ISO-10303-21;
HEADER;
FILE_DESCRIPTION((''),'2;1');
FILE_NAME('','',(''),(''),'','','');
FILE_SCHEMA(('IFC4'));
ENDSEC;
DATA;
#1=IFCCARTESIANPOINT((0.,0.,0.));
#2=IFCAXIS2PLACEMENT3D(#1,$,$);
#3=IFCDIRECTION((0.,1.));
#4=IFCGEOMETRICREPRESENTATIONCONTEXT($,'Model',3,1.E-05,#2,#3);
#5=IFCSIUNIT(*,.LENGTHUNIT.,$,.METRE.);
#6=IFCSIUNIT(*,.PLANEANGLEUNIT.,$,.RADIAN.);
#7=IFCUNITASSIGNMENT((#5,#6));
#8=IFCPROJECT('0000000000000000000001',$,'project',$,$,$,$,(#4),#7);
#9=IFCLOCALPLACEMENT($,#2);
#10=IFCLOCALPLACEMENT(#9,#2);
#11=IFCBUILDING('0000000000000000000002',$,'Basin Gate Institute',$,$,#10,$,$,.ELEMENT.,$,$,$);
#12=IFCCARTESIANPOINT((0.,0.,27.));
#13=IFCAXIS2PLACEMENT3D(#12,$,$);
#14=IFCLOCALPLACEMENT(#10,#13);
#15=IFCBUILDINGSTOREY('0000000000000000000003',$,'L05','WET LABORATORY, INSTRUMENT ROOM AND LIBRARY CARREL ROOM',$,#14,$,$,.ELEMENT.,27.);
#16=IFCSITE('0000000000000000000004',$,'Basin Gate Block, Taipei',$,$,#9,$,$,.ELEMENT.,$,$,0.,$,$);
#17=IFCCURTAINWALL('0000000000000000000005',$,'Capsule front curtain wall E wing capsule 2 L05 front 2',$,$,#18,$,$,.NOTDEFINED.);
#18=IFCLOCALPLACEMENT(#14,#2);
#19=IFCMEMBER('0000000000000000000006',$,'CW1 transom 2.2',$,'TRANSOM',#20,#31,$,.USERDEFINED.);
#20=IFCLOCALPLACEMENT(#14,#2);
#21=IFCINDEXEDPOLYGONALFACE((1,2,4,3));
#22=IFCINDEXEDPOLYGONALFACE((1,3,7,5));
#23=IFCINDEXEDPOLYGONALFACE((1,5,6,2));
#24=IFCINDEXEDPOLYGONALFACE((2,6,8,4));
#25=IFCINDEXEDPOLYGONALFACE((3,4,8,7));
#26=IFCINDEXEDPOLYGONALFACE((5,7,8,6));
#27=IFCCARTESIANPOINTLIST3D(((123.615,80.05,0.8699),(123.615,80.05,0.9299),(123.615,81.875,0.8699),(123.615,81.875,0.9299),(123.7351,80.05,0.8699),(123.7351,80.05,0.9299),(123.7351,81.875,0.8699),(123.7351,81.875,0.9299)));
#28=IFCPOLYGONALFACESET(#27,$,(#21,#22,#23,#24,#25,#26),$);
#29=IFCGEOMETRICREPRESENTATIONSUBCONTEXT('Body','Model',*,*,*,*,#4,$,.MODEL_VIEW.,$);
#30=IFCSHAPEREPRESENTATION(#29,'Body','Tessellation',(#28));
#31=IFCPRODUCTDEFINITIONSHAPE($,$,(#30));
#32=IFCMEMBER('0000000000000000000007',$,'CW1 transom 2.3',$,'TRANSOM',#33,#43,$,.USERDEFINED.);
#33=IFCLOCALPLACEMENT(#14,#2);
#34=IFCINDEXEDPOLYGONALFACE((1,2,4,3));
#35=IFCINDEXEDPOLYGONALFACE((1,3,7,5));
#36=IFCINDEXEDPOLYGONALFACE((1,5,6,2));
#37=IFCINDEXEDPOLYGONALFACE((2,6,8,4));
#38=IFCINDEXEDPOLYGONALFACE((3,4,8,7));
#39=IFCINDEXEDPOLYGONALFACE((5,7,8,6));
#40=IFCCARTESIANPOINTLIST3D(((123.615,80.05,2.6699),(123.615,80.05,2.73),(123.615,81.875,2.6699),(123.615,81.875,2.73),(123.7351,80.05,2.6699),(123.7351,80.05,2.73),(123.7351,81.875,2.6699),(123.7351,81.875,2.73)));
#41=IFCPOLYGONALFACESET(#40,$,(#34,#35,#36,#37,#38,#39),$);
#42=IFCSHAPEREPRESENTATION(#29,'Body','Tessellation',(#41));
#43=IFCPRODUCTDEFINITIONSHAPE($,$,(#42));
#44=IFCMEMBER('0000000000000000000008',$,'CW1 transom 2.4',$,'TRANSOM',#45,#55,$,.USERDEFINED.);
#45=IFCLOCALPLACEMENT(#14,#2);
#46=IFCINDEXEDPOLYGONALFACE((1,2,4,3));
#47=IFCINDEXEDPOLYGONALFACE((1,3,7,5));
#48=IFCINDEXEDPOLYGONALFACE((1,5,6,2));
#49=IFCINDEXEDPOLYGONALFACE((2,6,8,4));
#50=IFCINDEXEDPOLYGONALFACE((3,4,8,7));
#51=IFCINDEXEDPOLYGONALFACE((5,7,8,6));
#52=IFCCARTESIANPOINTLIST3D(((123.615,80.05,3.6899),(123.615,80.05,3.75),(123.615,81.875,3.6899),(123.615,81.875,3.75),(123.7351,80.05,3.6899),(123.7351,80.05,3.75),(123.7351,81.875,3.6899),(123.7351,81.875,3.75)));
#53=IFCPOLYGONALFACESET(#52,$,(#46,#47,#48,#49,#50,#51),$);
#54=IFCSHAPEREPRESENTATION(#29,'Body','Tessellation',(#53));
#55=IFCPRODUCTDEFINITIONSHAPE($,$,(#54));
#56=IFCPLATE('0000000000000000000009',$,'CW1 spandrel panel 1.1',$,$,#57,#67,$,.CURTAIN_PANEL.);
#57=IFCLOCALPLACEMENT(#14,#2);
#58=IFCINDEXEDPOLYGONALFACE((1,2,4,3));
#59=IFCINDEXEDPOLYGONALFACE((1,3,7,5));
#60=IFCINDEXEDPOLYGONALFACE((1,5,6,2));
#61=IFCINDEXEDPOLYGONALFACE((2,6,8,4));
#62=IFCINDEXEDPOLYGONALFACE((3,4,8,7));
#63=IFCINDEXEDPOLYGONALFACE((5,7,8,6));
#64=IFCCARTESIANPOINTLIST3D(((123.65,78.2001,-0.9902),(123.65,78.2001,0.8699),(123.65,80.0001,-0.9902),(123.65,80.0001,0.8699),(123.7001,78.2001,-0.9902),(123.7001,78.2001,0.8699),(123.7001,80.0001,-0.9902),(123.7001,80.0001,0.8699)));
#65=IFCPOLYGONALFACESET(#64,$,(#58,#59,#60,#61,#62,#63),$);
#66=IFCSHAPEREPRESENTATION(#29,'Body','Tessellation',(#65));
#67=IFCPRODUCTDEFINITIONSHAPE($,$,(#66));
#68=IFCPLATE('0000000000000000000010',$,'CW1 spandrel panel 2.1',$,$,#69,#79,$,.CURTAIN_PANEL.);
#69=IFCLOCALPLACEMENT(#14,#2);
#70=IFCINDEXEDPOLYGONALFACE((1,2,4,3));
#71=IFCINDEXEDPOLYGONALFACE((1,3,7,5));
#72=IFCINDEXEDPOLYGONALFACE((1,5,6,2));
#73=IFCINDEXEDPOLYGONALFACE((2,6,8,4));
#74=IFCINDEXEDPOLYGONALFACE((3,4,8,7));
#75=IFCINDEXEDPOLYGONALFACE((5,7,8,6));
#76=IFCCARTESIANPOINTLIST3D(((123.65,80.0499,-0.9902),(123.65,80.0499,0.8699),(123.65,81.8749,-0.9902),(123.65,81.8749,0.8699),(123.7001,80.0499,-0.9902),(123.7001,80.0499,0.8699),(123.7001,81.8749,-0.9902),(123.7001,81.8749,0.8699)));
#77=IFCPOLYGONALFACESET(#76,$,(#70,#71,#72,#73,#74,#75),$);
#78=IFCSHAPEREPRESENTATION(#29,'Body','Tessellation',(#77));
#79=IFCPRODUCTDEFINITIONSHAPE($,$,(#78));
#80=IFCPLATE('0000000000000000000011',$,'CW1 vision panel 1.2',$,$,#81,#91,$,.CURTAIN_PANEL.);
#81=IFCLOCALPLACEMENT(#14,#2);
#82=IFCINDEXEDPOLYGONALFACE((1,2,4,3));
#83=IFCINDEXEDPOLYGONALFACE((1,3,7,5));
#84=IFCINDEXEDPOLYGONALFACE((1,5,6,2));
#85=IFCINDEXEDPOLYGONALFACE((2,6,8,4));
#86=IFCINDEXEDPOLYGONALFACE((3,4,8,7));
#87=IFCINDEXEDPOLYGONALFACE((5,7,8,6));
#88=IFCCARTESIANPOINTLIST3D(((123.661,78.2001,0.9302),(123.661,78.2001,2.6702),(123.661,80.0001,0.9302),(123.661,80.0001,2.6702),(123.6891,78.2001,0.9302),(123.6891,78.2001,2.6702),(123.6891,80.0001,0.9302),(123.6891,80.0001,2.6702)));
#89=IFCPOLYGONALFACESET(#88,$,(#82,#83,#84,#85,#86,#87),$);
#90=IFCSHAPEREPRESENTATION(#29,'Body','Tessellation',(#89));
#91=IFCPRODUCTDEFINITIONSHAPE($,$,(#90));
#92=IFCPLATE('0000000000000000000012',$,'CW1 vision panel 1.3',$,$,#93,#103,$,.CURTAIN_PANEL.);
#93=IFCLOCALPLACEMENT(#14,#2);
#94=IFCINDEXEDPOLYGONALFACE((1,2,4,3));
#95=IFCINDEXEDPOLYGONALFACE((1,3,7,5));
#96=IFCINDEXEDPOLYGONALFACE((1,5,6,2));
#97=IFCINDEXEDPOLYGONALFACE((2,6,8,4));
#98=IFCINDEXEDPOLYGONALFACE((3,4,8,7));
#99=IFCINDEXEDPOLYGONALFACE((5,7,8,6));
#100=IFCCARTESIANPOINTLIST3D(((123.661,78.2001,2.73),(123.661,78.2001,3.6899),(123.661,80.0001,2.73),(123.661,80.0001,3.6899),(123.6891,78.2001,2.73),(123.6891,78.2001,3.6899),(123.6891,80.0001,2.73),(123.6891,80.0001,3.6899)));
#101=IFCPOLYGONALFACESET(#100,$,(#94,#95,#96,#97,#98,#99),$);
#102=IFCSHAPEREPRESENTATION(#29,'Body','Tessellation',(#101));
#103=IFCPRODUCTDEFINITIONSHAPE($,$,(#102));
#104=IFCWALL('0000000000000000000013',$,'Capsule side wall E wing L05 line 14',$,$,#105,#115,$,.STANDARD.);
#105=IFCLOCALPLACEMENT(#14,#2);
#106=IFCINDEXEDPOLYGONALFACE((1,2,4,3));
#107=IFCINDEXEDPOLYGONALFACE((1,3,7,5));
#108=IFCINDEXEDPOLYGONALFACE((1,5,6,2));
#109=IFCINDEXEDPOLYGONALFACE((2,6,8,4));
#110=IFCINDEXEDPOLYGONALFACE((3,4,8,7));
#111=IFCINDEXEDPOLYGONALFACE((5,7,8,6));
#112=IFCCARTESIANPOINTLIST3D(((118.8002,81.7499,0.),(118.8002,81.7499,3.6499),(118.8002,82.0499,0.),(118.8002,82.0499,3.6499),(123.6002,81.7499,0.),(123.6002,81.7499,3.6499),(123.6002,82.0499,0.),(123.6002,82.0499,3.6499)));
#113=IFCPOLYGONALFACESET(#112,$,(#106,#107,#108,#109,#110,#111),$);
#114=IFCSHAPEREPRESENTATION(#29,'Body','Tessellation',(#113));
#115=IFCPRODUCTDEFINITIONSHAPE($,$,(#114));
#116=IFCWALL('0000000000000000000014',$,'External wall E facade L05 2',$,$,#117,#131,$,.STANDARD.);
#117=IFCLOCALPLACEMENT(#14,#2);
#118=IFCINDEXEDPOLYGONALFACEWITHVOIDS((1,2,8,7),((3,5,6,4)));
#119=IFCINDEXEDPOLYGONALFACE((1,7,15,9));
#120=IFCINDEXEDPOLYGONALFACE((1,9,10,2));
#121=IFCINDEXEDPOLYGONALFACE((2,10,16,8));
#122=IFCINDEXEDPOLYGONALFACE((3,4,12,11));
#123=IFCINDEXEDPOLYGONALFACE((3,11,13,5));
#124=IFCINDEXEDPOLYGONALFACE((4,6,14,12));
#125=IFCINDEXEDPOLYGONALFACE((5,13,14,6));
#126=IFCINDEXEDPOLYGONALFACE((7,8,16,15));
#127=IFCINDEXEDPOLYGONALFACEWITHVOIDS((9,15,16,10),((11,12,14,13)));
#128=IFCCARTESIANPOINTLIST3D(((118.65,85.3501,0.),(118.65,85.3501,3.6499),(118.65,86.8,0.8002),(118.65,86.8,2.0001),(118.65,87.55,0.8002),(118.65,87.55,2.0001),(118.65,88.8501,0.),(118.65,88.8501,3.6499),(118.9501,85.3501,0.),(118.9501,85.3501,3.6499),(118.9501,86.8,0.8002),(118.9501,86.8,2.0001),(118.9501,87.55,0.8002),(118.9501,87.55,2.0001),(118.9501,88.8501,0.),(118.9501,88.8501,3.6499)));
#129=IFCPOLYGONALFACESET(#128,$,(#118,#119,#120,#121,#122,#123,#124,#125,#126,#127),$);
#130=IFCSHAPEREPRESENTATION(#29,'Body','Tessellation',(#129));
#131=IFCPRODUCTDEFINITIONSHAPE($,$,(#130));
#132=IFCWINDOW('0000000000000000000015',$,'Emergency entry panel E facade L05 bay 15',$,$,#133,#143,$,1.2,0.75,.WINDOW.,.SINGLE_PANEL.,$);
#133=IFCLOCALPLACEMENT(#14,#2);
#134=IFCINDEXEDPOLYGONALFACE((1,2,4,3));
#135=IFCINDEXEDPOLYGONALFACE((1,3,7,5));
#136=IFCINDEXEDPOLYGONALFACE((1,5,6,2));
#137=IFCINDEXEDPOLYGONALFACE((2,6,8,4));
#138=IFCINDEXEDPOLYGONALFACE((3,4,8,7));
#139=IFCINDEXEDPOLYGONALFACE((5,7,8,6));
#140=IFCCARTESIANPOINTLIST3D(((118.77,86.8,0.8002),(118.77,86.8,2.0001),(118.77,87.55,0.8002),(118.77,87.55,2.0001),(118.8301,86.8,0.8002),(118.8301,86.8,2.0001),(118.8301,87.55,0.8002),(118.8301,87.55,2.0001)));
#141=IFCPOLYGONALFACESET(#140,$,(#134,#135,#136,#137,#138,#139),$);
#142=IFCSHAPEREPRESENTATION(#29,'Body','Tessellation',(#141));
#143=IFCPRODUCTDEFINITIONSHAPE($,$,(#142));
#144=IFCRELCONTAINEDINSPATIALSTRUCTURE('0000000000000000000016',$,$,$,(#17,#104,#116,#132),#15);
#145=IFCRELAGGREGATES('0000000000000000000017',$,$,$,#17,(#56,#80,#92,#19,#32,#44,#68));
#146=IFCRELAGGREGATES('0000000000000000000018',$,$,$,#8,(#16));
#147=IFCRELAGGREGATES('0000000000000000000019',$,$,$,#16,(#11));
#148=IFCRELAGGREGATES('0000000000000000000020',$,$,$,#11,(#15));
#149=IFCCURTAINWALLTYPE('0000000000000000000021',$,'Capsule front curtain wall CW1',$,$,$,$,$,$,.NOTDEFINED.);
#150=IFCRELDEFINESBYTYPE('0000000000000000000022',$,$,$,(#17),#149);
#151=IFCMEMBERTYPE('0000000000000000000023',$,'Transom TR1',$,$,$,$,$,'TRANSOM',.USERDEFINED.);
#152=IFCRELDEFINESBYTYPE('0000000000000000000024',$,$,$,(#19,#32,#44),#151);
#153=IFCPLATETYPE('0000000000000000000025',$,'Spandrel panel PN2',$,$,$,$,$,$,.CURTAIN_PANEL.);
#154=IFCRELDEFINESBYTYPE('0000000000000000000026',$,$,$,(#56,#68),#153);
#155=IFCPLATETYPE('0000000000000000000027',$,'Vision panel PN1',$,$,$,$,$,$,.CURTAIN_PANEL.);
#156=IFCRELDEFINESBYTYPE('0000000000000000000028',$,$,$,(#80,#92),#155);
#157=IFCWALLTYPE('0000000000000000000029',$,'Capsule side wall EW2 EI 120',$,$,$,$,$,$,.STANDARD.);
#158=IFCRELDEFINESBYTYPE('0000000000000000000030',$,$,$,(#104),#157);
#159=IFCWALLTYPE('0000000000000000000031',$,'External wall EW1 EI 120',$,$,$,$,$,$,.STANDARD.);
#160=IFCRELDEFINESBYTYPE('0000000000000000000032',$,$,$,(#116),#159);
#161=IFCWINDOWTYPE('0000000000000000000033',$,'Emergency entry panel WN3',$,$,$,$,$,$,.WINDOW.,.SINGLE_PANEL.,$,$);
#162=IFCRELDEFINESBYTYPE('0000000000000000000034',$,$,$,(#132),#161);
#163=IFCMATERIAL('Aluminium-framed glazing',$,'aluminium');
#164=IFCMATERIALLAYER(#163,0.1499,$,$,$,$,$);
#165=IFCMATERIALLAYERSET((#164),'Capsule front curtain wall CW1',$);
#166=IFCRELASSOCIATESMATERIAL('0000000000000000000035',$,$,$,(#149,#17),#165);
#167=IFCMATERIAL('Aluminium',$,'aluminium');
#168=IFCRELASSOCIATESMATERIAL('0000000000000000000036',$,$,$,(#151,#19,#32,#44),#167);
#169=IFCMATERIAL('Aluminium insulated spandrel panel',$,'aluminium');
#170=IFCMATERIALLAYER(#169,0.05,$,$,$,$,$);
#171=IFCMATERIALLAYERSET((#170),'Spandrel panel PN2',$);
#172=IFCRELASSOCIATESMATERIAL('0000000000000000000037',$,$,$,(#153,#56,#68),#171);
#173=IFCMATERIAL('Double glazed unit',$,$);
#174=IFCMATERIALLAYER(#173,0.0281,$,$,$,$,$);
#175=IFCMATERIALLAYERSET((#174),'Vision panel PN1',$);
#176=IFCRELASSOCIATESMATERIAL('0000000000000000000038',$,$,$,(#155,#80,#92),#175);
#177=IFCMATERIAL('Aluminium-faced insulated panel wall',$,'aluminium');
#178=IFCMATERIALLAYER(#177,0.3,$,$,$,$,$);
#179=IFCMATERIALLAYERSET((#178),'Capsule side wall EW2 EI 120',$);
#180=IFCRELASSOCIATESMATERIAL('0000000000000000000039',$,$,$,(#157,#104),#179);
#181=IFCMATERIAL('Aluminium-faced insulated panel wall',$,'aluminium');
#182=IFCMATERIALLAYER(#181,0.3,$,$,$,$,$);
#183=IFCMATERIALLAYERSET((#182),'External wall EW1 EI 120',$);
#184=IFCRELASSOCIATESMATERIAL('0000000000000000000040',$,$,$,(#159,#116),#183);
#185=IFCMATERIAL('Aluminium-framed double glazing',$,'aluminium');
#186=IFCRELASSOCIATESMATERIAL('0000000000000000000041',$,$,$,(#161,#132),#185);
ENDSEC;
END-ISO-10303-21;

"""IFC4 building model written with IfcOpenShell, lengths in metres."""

from ifc_helpers import new_model, si_unit, direction, frame, frame_2d, origin, origin_2d, place, context, subcontext, project, spatial, rectangle, extrude, material, layer, layer_set, material_profile, profile_set, type_object, element, fill, aggregate, save


model = new_model("IFC4")

# Units and contexts
model_context = context("Model", 3, precision=1e-05, world=origin(), true_north=direction((0.0, 1.0)))
body_context = subcontext(model_context, "Body", "Model", "MODEL_VIEW")
ifc_project = project(units=[si_unit("LENGTHUNIT", "METRE"), si_unit("PLANEANGLEUNIT", "RADIAN")], contexts=[model_context])

# Site, building, storey
site_placement = place(None, origin())
site = spatial("IfcSite", under=ifc_project, at=site_placement, Name="Basin Gate Block, Taipei", CompositionType="ELEMENT", RefElevation=0.0)
building_placement = place(site_placement, origin())
building = spatial("IfcBuilding", under=site, at=building_placement, Name="Basin Gate Institute", CompositionType="ELEMENT")
storey_placement = place(building_placement, frame((0.0, 0.0, 27.0)))
storey = spatial("IfcBuildingStorey", under=building, at=storey_placement, Name="L05", Description="WET LABORATORY, INSTRUMENT ROOM AND LIBRARY CARREL ROOM", CompositionType="ELEMENT", Elevation=27.0)

# Curtain wall
ifc_material_1 = material(Name="Aluminium-framed glazing", Category="aluminium")
ifc_layer_1 = layer(ifc_material_1, 0.1499)
ifc_layer_set_1 = layer_set([ifc_layer_1], Name="Capsule front curtain wall CW1")
curtain_wall_type = type_object("IfcCurtainWallType", Name="Capsule front curtain wall CW1", PredefinedType="NOTDEFINED", material=ifc_layer_set_1)
curtain_wall_1_placement = place(storey_placement, origin())
curtain_wall_1 = element("IfcCurtainWall", 1, at=curtain_wall_1_placement, inside=storey, type_object=curtain_wall_type, material=ifc_layer_set_1, Name="Capsule front curtain wall E wing capsule 2 L05 front 2", PredefinedType="NOTDEFINED")

# Members
ifc_material_2 = material(Name="Aluminium", Category="aluminium")
ifc_material_profile_1 = material_profile(ifc_material_2, rectangle(XDim=0.1201, YDim=0.0601, at=origin_2d()), Name="Transom TR1 120 x 60")
ifc_profile_set_1 = profile_set([ifc_material_profile_1], Name="Aluminium")
member_type_1 = type_object("IfcMemberType", Name="Transom TR1", ElementType="TRANSOM", PredefinedType="USERDEFINED", material=ifc_profile_set_1)
member_1_placement = place(storey_placement, frame((123.675, 80.05, 0.8999), z_axis=(0.0, 1.0, 0.0), x_axis=(-1.0, 0.0, 0.0)))
member_1 = element("IfcMember", 2, at=member_1_placement, type_object=member_type_1, material=ifc_profile_set_1, Name="CW1 transom 2.2", ObjectType="TRANSOM", PredefinedType="USERDEFINED", context=body_context, shape_type="SweptSolid", body=[
    extrude(rectangle(XDim=0.1201, YDim=0.0601, at=origin_2d()), origin(), (0.0, 0.0, 1.0), 1.825),
])
member_2_placement = place(storey_placement, frame((123.675, 80.05, 2.7), z_axis=(0.0, 1.0, 0.0), x_axis=(-1.0, 0.0, 0.0)))
member_2 = element("IfcMember", 3, at=member_2_placement, type_object=member_type_1, material=ifc_profile_set_1, Name="CW1 transom 2.3", ObjectType="TRANSOM", PredefinedType="USERDEFINED", context=body_context, shape_type="SweptSolid", body=[
    extrude(rectangle(XDim=0.1201, YDim=0.0601, at=origin_2d()), origin(), (0.0, 0.0, 1.0), 1.825),
])
member_3_placement = place(storey_placement, frame((123.675, 80.05, 3.72), z_axis=(0.0, 1.0, 0.0), x_axis=(-1.0, 0.0, 0.0)))
member_3 = element("IfcMember", 4, at=member_3_placement, type_object=member_type_1, material=ifc_profile_set_1, Name="CW1 transom 2.4", ObjectType="TRANSOM", PredefinedType="USERDEFINED", context=body_context, shape_type="SweptSolid", body=[
    extrude(rectangle(XDim=0.1201, YDim=0.0601, at=origin_2d()), origin(), (0.0, 0.0, 1.0), 1.825),
])

# Plates
ifc_material_3 = material(Name="Aluminium insulated spandrel panel", Category="aluminium")
ifc_layer_2 = layer(ifc_material_3, 0.05)
ifc_layer_set_2 = layer_set([ifc_layer_2], Name="Spandrel panel PN2")
plate_type_1 = type_object("IfcPlateType", Name="Spandrel panel PN2", PredefinedType="CURTAIN_PANEL", material=ifc_layer_set_2)
plate_1_placement = place(storey_placement, frame((123.675, 79.1001, -0.9902), z_axis=(0.0, 0.0, 1.0), x_axis=(0.0, 1.0, 0.0)))
plate_1 = element("IfcPlate", 5, at=plate_1_placement, type_object=plate_type_1, material=ifc_layer_set_2, Name="CW1 spandrel panel 1.1", PredefinedType="CURTAIN_PANEL", context=body_context, shape_type="SweptSolid", body=[
    extrude(rectangle(XDim=1.8, YDim=0.05, at=origin_2d()), origin(), (0.0, 0.0, 1.0), 1.8601),
])
plate_2_placement = place(storey_placement, frame((123.675, 80.9624, -0.9902), z_axis=(0.0, 0.0, 1.0), x_axis=(0.0, 1.0, 0.0)))
plate_2 = element("IfcPlate", 6, at=plate_2_placement, type_object=plate_type_1, material=ifc_layer_set_2, Name="CW1 spandrel panel 2.1", PredefinedType="CURTAIN_PANEL", context=body_context, shape_type="SweptSolid", body=[
    extrude(rectangle(XDim=1.825, YDim=0.05, at=origin_2d()), origin(), (0.0, 0.0, 1.0), 1.8601),
])
ifc_material_4 = material(Name="Double glazed unit")
ifc_layer_3 = layer(ifc_material_4, 0.0281)
ifc_layer_set_3 = layer_set([ifc_layer_3], Name="Vision panel PN1")
plate_type_2 = type_object("IfcPlateType", Name="Vision panel PN1", PredefinedType="CURTAIN_PANEL", material=ifc_layer_set_3)
plate_3_placement = place(storey_placement, frame((123.675, 79.1001, 0.9302), z_axis=(0.0, 0.0, 1.0), x_axis=(0.0, 1.0, 0.0)))
plate_3 = element("IfcPlate", 7, at=plate_3_placement, type_object=plate_type_2, material=ifc_layer_set_3, Name="CW1 vision panel 1.2", PredefinedType="CURTAIN_PANEL", context=body_context, shape_type="SweptSolid", body=[
    extrude(rectangle(XDim=1.8, YDim=0.0281, at=origin_2d()), origin(), (0.0, 0.0, 1.0), 1.74),
])
plate_4_placement = place(storey_placement, frame((123.675, 79.1001, 2.73), z_axis=(0.0, 0.0, 1.0), x_axis=(0.0, 1.0, 0.0)))
plate_4 = element("IfcPlate", 8, at=plate_4_placement, type_object=plate_type_2, material=ifc_layer_set_3, Name="CW1 vision panel 1.3", PredefinedType="CURTAIN_PANEL", context=body_context, shape_type="SweptSolid", body=[
    extrude(rectangle(XDim=1.8, YDim=0.0281, at=origin_2d()), origin(), (0.0, 0.0, 1.0), 0.96),
])
aggregate(curtain_wall_1, [plate_1, plate_3, plate_4, member_1, member_2, member_3, plate_2])

# Wall
ifc_material_5 = material(Name="Aluminium-faced insulated panel wall", Category="aluminium")
ifc_layer_4 = layer(ifc_material_5, 0.3)
ifc_layer_set_4 = layer_set([ifc_layer_4], Name="Capsule side wall EW2 EI 120")
wall_type_1 = type_object("IfcWallType", Name="Capsule side wall EW2 EI 120", PredefinedType="STANDARD", material=ifc_layer_set_4)
wall_1_placement = place(storey_placement, frame((123.6001, 81.8999, 0.0), z_axis=(0.0, 0.0, 1.0), x_axis=(-1.0, 0.0, 0.0)))
element("IfcWall", 9, at=wall_1_placement, inside=storey, type_object=wall_type_1, material=ifc_layer_set_4, Name="Capsule side wall E wing L05 line 14", PredefinedType="STANDARD", context=body_context, shape_type="SweptSolid", body=[
    extrude(rectangle(XDim=4.8, YDim=0.3, at=frame_2d((2.3999, 0.0))), origin(), (0.0, 0.0, 1.0), 3.6499),
])

# Wall, opening, window
ifc_material_6 = material(Name="Aluminium-faced insulated panel wall", Category="aluminium")
ifc_layer_5 = layer(ifc_material_6, 0.3)
ifc_layer_set_5 = layer_set([ifc_layer_5], Name="External wall EW1 EI 120")
wall_type_2 = type_object("IfcWallType", Name="External wall EW1 EI 120", PredefinedType="STANDARD", material=ifc_layer_set_5)
wall_2_placement = place(storey_placement, frame((118.8, 85.3501, 0.0), z_axis=(0.0, 0.0, 1.0), x_axis=(0.0, 1.0, 0.0)))
wall_2 = element("IfcWall", 10, at=wall_2_placement, inside=storey, type_object=wall_type_2, material=ifc_layer_set_5, Name="External wall E facade L05 2", PredefinedType="STANDARD", context=body_context, shape_type="SweptSolid", body=[
    extrude(rectangle(XDim=3.5, YDim=0.3, at=frame_2d((1.75, 0.0))), origin(), (0.0, 0.0, 1.0), 3.6499),
])
opening_placement = place(wall_2_placement, frame((1.45, 0.0, 0.8)))
opening = element("IfcOpeningElement", 11, at=opening_placement, cuts=wall_2, PredefinedType="OPENING", context=body_context, shape_type="SweptSolid", body=[
    extrude(rectangle(XDim=0.75, YDim=1.2, at=frame_2d((0.375, 0.6001))), frame((0.0, 0.1602, 0.0), z_axis=(0.0, -1.0, 0.0), x_axis=(1.0, 0.0, 0.0)), (0.0, 0.0, 1.0), 0.3201),
])
ifc_material_7 = material(Name="Aluminium-framed double glazing", Category="aluminium")
window_type = type_object("IfcWindowType", Name="Emergency entry panel WN3", PartitioningType="SINGLE_PANEL", PredefinedType="WINDOW", material=ifc_material_7)
window_placement = place(opening_placement, origin())
window = element("IfcWindow", 12, at=window_placement, inside=storey, type_object=window_type, material=ifc_material_7, Name="Emergency entry panel E facade L05 bay 15", OverallHeight=1.2, OverallWidth=0.75, PartitioningType="SINGLE_PANEL", PredefinedType="WINDOW", context=body_context, shape_type="SweptSolid", body=[
    extrude(rectangle(XDim=0.75, YDim=1.2, at=frame_2d((0.375, 0.6001))), frame((0.0, 0.03, 0.0), z_axis=(0.0, -1.0, 0.0), x_axis=(1.0, 0.0, 0.0)), (0.0, 0.0, 1.0), 0.0601),
])
fill(opening, window)

save(model, "model.ifc")
